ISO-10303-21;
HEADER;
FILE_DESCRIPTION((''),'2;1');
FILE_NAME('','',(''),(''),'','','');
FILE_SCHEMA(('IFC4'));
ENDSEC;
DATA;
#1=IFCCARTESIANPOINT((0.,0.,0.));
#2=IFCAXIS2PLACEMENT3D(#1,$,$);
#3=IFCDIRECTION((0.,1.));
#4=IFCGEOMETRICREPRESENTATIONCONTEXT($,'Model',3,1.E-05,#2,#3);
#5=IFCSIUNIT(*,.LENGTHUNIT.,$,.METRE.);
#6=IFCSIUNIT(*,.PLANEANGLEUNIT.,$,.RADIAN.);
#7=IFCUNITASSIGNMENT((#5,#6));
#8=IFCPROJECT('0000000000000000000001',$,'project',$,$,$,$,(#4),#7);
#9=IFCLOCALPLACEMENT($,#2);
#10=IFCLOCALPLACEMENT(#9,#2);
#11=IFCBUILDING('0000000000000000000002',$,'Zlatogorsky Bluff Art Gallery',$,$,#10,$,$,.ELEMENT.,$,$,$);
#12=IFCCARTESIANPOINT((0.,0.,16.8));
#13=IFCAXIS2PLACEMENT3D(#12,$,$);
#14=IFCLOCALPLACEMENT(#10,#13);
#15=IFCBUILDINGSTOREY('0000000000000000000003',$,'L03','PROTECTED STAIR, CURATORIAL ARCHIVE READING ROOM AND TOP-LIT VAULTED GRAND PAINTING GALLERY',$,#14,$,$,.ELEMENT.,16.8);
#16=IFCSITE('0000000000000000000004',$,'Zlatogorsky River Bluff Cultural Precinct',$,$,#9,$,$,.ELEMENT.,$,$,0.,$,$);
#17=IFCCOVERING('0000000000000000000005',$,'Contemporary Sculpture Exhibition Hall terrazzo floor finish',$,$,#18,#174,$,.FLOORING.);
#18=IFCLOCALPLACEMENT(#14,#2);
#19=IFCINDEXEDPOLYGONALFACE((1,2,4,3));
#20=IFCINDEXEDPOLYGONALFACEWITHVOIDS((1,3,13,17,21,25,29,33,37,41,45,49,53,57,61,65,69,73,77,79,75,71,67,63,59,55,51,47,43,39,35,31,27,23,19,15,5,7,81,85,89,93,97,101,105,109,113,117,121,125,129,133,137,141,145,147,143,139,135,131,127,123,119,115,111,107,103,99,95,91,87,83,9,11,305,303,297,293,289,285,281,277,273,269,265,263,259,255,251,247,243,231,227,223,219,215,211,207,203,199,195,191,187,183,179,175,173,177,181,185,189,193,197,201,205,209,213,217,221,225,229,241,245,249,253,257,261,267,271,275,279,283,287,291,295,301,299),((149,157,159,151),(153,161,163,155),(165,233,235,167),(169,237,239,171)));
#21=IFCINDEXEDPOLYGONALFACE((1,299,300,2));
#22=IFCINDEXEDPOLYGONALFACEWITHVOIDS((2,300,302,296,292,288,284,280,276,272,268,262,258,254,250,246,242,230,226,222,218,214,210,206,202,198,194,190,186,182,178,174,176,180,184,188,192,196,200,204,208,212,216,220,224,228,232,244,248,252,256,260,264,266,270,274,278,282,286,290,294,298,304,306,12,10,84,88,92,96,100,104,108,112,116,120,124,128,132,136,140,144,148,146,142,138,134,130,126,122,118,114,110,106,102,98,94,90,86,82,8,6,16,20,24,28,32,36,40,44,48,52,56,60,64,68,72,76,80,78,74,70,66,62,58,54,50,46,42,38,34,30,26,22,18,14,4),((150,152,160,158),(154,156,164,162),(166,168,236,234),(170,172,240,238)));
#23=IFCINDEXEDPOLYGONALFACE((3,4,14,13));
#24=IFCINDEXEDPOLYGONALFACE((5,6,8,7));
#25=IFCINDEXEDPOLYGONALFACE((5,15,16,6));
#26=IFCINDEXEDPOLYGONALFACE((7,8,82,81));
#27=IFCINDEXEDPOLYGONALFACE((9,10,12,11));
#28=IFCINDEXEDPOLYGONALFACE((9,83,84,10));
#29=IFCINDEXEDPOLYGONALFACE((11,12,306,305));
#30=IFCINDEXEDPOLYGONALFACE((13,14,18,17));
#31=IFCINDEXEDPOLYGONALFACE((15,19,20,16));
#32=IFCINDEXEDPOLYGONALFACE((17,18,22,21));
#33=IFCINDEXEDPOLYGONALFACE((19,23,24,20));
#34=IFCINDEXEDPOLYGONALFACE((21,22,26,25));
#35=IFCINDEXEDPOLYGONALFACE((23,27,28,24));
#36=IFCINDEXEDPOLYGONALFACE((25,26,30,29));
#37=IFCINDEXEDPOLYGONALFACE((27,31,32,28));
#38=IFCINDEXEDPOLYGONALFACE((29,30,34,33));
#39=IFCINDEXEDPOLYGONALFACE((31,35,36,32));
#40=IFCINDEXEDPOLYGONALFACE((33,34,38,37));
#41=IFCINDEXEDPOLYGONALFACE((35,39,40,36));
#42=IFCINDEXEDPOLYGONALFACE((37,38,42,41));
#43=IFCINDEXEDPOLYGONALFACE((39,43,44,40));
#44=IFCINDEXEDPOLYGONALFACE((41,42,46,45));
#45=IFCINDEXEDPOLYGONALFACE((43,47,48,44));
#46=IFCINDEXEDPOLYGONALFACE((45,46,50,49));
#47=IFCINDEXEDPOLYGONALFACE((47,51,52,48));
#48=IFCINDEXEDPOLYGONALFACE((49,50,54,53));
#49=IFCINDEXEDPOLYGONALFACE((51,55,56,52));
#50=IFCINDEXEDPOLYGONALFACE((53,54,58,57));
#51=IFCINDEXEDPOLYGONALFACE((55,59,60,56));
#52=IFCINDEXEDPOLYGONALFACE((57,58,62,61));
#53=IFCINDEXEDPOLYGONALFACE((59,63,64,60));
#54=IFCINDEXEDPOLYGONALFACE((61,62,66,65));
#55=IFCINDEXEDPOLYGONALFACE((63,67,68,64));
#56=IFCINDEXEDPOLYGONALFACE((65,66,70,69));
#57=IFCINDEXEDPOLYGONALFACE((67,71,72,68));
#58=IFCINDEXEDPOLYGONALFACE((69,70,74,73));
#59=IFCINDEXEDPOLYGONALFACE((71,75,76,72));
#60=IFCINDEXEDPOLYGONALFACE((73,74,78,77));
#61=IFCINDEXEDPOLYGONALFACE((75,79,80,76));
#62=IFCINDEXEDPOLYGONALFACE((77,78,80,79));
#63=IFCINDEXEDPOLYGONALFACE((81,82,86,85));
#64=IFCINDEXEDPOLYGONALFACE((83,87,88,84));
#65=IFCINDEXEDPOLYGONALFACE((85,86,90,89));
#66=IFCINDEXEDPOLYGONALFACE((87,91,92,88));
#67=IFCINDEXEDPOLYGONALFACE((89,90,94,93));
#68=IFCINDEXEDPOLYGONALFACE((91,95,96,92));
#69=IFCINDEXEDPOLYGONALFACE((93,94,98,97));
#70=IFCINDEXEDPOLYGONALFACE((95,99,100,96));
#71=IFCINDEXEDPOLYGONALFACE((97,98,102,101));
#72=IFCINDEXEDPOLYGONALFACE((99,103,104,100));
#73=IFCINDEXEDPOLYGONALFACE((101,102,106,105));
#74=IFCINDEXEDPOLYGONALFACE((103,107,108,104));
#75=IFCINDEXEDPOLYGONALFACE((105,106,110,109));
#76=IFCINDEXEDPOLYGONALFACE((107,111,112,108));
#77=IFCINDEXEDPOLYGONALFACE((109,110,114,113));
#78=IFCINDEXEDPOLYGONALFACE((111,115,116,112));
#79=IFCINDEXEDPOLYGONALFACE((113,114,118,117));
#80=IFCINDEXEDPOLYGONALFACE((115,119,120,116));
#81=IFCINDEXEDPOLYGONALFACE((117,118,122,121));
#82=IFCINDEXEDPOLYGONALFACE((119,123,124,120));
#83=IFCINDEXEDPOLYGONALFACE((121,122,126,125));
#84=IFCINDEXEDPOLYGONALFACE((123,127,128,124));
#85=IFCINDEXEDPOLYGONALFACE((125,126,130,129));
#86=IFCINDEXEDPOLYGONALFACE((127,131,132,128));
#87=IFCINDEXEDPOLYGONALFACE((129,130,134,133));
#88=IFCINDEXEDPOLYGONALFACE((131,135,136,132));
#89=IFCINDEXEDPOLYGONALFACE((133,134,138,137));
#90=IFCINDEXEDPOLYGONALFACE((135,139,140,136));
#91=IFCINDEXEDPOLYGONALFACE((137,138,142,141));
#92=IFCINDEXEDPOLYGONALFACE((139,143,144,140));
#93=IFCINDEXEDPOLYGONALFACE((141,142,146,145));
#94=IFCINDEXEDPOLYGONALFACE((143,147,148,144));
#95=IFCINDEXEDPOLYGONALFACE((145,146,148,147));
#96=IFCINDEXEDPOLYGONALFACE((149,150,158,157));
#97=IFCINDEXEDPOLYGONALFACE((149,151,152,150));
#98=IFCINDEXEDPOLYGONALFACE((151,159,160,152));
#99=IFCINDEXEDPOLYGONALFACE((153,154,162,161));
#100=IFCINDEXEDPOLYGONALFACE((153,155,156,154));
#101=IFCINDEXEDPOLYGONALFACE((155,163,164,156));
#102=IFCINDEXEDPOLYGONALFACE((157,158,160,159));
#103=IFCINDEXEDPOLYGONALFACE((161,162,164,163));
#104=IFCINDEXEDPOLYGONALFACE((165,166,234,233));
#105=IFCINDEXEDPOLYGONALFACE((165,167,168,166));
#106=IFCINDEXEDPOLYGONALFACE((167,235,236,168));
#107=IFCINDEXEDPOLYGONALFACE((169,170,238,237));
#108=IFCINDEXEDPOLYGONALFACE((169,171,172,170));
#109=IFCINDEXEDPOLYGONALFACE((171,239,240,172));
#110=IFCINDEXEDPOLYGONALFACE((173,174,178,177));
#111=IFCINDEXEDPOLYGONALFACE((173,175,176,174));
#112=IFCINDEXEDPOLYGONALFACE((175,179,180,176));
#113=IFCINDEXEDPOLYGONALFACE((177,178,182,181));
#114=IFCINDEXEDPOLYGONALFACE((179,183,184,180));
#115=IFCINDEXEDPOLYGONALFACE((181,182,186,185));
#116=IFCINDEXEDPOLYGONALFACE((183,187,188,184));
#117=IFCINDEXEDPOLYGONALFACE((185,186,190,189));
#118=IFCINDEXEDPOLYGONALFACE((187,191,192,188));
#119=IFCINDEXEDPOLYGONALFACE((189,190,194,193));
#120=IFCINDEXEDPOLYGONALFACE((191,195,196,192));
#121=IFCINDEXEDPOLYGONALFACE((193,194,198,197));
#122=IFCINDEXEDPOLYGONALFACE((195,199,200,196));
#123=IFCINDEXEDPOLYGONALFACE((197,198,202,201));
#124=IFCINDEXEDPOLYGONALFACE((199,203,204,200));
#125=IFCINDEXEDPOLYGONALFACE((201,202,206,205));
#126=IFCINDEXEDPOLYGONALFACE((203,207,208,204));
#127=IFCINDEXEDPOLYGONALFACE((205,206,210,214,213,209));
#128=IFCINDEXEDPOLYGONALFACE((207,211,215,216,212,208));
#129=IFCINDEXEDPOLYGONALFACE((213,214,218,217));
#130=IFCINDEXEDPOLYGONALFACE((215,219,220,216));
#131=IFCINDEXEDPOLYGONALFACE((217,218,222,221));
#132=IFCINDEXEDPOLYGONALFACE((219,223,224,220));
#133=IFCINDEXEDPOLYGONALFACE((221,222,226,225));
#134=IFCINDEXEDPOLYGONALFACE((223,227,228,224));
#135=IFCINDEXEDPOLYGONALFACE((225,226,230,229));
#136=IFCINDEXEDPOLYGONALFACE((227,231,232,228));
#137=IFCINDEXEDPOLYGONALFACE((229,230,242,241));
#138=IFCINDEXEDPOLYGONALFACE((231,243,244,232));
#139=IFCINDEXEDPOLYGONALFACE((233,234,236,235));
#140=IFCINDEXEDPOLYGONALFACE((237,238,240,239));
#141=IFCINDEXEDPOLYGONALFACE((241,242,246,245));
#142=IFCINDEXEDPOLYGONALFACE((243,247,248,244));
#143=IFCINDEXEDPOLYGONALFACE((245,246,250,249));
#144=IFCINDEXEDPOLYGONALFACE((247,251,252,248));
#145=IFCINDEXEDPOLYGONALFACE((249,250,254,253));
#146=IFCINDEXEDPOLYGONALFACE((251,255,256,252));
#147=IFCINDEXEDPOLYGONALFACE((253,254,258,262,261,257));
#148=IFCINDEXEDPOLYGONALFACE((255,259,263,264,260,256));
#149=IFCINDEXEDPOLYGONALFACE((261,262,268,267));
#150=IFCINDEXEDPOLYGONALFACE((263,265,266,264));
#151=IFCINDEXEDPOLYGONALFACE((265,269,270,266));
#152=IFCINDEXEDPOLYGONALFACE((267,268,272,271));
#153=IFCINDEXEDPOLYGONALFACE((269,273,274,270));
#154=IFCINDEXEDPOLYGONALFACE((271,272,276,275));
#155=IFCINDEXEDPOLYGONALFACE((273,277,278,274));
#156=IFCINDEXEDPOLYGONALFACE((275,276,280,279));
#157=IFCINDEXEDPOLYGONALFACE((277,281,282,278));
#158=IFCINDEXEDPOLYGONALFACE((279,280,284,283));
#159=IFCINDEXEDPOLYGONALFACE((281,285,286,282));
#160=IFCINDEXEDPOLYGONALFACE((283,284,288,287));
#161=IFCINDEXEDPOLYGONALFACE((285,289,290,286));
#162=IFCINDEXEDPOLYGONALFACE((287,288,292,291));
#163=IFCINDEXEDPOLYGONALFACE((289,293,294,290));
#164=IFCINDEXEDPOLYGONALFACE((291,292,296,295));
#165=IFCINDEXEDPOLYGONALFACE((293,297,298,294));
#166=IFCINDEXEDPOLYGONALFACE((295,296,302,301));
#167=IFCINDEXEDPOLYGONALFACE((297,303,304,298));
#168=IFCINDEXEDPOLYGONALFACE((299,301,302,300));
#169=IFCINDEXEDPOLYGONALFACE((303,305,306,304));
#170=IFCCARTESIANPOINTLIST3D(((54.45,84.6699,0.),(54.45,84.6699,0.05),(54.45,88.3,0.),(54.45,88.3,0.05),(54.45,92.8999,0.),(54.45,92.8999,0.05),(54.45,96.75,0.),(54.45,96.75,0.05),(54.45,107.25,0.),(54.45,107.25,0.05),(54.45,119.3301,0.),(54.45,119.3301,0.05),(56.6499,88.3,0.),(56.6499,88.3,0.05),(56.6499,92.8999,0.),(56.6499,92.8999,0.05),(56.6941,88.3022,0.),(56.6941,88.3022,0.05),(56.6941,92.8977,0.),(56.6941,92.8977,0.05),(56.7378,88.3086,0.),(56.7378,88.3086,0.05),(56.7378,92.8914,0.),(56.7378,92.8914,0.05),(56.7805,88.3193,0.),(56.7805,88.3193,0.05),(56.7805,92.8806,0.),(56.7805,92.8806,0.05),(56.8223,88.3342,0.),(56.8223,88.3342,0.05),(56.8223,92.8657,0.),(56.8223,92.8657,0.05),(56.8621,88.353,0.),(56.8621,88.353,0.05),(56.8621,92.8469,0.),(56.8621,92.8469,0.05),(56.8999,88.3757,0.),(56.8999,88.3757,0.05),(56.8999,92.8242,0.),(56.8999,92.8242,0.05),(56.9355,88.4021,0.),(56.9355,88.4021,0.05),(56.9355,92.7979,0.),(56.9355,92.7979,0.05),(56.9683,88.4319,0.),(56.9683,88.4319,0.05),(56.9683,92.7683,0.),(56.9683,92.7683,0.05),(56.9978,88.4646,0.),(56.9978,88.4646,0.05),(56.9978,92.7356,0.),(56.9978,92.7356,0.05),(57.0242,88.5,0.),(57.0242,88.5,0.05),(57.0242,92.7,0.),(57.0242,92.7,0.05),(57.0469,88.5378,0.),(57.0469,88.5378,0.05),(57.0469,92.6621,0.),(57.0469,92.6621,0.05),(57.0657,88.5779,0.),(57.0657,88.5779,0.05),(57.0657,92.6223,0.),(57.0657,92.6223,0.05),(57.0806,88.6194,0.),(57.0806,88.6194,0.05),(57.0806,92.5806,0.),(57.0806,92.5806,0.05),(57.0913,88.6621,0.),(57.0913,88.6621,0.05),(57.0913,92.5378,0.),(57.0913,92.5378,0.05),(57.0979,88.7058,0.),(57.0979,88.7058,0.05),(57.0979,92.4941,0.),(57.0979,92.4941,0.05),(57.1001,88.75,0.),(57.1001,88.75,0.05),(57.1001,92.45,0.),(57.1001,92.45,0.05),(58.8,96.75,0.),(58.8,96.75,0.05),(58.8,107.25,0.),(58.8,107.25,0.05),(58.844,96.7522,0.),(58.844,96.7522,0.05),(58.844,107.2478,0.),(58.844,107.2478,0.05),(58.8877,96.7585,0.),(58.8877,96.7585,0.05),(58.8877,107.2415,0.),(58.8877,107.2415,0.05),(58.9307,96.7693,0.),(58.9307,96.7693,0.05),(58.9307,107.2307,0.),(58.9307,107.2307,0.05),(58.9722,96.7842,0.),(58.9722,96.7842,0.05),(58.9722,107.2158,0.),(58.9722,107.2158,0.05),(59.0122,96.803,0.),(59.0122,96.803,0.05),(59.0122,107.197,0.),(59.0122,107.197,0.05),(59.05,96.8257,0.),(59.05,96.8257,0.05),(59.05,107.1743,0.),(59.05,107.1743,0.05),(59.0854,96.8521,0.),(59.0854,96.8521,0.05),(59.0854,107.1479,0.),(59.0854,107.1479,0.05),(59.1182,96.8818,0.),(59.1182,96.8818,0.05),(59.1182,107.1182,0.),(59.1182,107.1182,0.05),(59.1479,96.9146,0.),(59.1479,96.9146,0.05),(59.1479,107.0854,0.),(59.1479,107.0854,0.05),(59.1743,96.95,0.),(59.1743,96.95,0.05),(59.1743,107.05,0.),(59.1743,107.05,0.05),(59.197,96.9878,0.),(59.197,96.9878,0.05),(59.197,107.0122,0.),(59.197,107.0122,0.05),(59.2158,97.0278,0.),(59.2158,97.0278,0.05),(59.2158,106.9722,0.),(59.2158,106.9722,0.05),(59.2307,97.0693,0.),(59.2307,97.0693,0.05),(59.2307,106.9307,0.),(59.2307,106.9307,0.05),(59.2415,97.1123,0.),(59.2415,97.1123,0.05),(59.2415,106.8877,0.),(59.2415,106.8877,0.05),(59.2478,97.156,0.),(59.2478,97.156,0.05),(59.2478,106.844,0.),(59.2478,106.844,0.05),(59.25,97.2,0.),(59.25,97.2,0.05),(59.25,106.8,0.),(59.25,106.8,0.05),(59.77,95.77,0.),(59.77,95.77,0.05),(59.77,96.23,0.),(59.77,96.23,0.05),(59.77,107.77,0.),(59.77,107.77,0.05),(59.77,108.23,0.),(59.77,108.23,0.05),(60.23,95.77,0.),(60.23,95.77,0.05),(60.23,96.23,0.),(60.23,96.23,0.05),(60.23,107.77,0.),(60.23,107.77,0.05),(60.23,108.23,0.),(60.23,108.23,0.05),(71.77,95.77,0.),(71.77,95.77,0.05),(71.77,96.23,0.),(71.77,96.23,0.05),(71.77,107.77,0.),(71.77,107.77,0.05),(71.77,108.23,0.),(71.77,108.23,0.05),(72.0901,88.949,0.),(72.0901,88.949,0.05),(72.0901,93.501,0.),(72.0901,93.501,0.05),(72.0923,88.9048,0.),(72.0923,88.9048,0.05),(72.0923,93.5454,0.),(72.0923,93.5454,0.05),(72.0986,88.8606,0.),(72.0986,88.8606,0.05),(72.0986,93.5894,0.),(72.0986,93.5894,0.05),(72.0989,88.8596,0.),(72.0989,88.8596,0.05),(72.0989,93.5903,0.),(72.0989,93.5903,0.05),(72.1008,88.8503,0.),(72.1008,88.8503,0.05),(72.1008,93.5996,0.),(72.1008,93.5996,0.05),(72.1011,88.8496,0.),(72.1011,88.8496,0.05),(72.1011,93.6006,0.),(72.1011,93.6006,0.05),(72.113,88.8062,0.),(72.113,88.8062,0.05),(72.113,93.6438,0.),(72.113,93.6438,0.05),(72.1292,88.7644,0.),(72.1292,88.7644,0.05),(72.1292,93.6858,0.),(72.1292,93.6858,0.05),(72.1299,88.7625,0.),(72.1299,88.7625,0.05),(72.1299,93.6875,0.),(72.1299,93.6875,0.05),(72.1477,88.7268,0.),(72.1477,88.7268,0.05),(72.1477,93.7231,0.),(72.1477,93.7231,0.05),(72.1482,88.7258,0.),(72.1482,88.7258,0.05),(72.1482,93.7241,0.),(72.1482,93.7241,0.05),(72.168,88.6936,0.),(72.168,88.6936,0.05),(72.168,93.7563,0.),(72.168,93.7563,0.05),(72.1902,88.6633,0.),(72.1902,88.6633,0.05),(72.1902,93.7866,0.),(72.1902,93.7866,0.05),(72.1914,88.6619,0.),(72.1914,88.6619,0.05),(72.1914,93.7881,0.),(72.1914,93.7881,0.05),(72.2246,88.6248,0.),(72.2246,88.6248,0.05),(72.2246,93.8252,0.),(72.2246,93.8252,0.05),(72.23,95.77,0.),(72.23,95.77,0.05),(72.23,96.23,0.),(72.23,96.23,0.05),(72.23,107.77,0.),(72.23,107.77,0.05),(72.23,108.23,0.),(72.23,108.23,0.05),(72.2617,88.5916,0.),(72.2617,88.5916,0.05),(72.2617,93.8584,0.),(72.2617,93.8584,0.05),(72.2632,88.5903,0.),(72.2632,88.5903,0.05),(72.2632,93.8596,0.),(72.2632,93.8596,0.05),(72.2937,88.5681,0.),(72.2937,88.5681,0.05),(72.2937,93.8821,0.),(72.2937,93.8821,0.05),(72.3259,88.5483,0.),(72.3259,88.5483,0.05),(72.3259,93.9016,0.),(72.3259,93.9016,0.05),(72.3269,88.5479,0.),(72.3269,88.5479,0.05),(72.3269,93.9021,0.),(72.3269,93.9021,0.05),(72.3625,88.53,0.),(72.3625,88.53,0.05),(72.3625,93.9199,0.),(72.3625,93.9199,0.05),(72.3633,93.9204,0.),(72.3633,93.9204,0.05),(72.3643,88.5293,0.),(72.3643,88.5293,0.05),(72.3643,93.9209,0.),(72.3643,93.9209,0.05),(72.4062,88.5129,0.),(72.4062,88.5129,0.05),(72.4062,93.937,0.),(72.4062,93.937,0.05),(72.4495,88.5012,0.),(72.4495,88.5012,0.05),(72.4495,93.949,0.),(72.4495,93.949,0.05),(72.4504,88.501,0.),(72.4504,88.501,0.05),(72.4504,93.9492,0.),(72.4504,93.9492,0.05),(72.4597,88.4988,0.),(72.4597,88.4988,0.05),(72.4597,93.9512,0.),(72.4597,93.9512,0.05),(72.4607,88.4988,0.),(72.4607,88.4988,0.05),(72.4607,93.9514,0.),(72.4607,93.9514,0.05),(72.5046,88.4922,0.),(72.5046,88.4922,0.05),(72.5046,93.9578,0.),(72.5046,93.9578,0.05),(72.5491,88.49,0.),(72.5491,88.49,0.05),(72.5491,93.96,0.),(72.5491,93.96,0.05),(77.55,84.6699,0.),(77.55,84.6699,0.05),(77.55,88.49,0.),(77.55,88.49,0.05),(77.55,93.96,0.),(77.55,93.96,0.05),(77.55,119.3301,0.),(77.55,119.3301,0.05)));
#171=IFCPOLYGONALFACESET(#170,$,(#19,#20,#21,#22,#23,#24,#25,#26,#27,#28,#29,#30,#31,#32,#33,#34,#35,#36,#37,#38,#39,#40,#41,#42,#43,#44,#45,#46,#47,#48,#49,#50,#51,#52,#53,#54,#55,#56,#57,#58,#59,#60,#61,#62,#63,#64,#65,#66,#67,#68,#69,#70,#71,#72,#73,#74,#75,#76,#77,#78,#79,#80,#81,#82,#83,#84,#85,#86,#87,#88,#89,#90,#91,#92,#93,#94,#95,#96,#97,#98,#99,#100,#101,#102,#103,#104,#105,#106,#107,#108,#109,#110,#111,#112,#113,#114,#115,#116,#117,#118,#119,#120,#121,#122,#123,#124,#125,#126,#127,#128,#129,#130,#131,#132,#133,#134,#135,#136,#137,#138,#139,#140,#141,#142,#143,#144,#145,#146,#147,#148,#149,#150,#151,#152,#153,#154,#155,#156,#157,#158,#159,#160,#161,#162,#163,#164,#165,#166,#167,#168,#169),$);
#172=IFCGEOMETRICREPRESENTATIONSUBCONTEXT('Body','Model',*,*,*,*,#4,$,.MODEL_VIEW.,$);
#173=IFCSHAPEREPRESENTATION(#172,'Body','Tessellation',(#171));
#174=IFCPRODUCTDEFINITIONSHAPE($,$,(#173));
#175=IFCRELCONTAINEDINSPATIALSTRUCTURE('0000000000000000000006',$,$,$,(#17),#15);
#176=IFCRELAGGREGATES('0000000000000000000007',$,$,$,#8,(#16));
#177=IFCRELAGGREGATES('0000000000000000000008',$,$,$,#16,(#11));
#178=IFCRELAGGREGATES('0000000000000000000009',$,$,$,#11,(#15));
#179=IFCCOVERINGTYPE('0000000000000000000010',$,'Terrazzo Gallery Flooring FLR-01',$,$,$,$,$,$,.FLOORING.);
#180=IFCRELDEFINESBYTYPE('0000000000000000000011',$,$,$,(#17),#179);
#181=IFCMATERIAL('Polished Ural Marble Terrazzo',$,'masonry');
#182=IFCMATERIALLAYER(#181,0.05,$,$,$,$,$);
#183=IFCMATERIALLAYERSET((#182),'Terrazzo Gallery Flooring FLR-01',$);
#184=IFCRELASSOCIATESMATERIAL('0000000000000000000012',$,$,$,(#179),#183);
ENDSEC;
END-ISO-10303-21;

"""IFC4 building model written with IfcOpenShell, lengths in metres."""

from ifc_helpers import new_model, si_unit, direction, frame, origin, place, context, subcontext, project, spatial, polyline, outline, extrude, material, layer, layer_set, type_object, element, save


model = new_model("IFC4")

# Units and contexts
model_context = context("Model", 3, precision=1e-05, world=origin(), true_north=direction((0.0, 1.0)))
body_context = subcontext(model_context, "Body", "Model", "MODEL_VIEW")
ifc_project = project(units=[si_unit("LENGTHUNIT", "METRE"), si_unit("PLANEANGLEUNIT", "RADIAN")], contexts=[model_context])

# Site, building, storey
site_placement = place(None, origin())
site = spatial("IfcSite", under=ifc_project, at=site_placement, Name="Zlatogorsky River Bluff Cultural Precinct", CompositionType="ELEMENT", RefElevation=0.0)
building_placement = place(site_placement, origin())
building = spatial("IfcBuilding", under=site, at=building_placement, Name="Zlatogorsky Bluff Art Gallery", CompositionType="ELEMENT")
storey_placement = place(building_placement, frame((0.0, 0.0, 16.8)))
storey = spatial("IfcBuildingStorey", under=building, at=storey_placement, Name="L03", Description="PROTECTED STAIR, CURATORIAL ARCHIVE READING ROOM AND TOP-LIT VAULTED GRAND PAINTING GALLERY", CompositionType="ELEMENT", Elevation=16.8)

# Covering
ifc_material_1 = material(Name="Polished Ural Marble Terrazzo", Category="masonry")
ifc_layer_1 = layer(ifc_material_1, 0.05)
ifc_layer_set_1 = layer_set([ifc_layer_1], Name="Terrazzo Gallery Flooring FLR-01")
covering_type_1 = type_object("IfcCoveringType", Name="Terrazzo Gallery Flooring FLR-01", PredefinedType="FLOORING", material=ifc_layer_set_1)
covering_1_placement = place(storey_placement, origin())
element("IfcCovering", 1, at=covering_1_placement, inside=storey, type_object=covering_type_1, Name="Contemporary Sculpture Exhibition Hall terrazzo floor finish", PredefinedType="FLOORING", context=body_context, shape_type="SweptSolid", body=[
    extrude(outline(polyline([(54.45, 88.3), (56.6499, 88.3), (56.6941, 88.3022), (56.7378, 88.3086), (56.7805, 88.3193), (56.8223, 88.3342), (56.8621, 88.353), (56.8999, 88.3757), (56.9355, 88.4021), (56.9683, 88.4319), (56.9978, 88.4646), (57.0242, 88.5), (57.0469, 88.5378), (57.0657, 88.5779), (57.0806, 88.6194), (57.0913, 88.6621), (57.0979, 88.7058), (57.1001, 88.75), (57.1001, 92.45), (57.0979, 92.4941), (57.0913, 92.5378), (57.0806, 92.5806), (57.0657, 92.6223), (57.0469, 92.6621), (57.0242, 92.7), (56.9978, 92.7356), (56.9683, 92.7683), (56.9355, 92.7979), (56.8999, 92.8242), (56.8621, 92.8469), (56.8223, 92.8657), (56.7805, 92.8806), (56.7378, 92.8914), (56.6941, 92.8977), (56.6499, 92.8999), (54.45, 92.8999), (54.45, 96.75), (58.8, 96.75), (58.844, 96.7522), (58.8877, 96.7585), (58.9307, 96.7693), (58.9722, 96.7842), (59.0122, 96.803), (59.05, 96.8257), (59.0854, 96.8521), (59.1182, 96.8818), (59.1479, 96.9146), (59.1743, 96.95), (59.197, 96.9878), (59.2158, 97.0278), (59.2307, 97.0693), (59.2415, 97.1123), (59.2478, 97.156), (59.25, 97.2), (59.25, 106.8), (59.2478, 106.844), (59.2415, 106.8877), (59.2307, 106.9307), (59.2158, 106.9722), (59.197, 107.0122), (59.1743, 107.05), (59.1479, 107.0854), (59.1182, 107.1182), (59.0854, 107.1479), (59.05, 107.1743), (59.0122, 107.197), (58.9722, 107.2158), (58.9307, 107.2307), (58.8877, 107.2415), (58.844, 107.2478), (58.8, 107.25), (54.45, 107.25), (54.45, 119.3301), (77.55, 119.3301), (77.55, 93.96), (72.5491, 93.96), (72.5046, 93.9578), (72.4607, 93.9514), (72.4597, 93.9512), (72.4504, 93.9492), (72.4495, 93.949), (72.4062, 93.937), (72.3643, 93.9209), (72.3633, 93.9204), (72.3625, 93.9199), (72.3269, 93.9021), (72.3259, 93.9016), (72.2937, 93.8821), (72.2632, 93.8596), (72.2617, 93.8584), (72.2246, 93.8252), (72.1914, 93.7881), (72.1902, 93.7866), (72.168, 93.7563), (72.1482, 93.7241), (72.1477, 93.7231), (72.1299, 93.6875), (72.1292, 93.6858), (72.113, 93.6438), (72.1011, 93.6006), (72.1008, 93.5996), (72.0989, 93.5903), (72.0986, 93.5894), (72.0923, 93.5454), (72.0901, 93.501), (72.0901, 88.949), (72.0923, 88.9048), (72.0986, 88.8606), (72.0989, 88.8596), (72.1008, 88.8503), (72.1011, 88.8496), (72.113, 88.8062), (72.1292, 88.7644), (72.1299, 88.7625), (72.1477, 88.7268), (72.1482, 88.7258), (72.168, 88.6936), (72.1902, 88.6633), (72.1914, 88.6619), (72.2246, 88.6248), (72.2617, 88.5916), (72.2632, 88.5903), (72.2937, 88.5681), (72.3259, 88.5483), (72.3269, 88.5479), (72.3625, 88.53), (72.3643, 88.5293), (72.4062, 88.5129), (72.4495, 88.5012), (72.4504, 88.501), (72.4597, 88.4988), (72.4607, 88.4988), (72.5046, 88.4922), (72.5491, 88.49), (77.55, 88.49), (77.55, 84.6699), (54.45, 84.6699), (54.45, 88.3)]), holes=[polyline([(59.77, 95.77), (60.23, 95.77), (60.23, 96.23), (59.77, 96.23), (59.77, 95.77)]), polyline([(72.23, 95.77), (72.23, 96.23), (71.77, 96.23), (71.77, 95.77), (72.23, 95.77)]), polyline([(71.77, 107.77), (72.23, 107.77), (72.23, 108.23), (71.77, 108.23), (71.77, 107.77)]), polyline([(59.77, 107.77), (60.23, 107.77), (60.23, 108.23), (59.77, 108.23), (59.77, 107.77)])]), origin(), (0.0, 0.0, 1.0), 0.05),
])

save(model, "model.ifc")
